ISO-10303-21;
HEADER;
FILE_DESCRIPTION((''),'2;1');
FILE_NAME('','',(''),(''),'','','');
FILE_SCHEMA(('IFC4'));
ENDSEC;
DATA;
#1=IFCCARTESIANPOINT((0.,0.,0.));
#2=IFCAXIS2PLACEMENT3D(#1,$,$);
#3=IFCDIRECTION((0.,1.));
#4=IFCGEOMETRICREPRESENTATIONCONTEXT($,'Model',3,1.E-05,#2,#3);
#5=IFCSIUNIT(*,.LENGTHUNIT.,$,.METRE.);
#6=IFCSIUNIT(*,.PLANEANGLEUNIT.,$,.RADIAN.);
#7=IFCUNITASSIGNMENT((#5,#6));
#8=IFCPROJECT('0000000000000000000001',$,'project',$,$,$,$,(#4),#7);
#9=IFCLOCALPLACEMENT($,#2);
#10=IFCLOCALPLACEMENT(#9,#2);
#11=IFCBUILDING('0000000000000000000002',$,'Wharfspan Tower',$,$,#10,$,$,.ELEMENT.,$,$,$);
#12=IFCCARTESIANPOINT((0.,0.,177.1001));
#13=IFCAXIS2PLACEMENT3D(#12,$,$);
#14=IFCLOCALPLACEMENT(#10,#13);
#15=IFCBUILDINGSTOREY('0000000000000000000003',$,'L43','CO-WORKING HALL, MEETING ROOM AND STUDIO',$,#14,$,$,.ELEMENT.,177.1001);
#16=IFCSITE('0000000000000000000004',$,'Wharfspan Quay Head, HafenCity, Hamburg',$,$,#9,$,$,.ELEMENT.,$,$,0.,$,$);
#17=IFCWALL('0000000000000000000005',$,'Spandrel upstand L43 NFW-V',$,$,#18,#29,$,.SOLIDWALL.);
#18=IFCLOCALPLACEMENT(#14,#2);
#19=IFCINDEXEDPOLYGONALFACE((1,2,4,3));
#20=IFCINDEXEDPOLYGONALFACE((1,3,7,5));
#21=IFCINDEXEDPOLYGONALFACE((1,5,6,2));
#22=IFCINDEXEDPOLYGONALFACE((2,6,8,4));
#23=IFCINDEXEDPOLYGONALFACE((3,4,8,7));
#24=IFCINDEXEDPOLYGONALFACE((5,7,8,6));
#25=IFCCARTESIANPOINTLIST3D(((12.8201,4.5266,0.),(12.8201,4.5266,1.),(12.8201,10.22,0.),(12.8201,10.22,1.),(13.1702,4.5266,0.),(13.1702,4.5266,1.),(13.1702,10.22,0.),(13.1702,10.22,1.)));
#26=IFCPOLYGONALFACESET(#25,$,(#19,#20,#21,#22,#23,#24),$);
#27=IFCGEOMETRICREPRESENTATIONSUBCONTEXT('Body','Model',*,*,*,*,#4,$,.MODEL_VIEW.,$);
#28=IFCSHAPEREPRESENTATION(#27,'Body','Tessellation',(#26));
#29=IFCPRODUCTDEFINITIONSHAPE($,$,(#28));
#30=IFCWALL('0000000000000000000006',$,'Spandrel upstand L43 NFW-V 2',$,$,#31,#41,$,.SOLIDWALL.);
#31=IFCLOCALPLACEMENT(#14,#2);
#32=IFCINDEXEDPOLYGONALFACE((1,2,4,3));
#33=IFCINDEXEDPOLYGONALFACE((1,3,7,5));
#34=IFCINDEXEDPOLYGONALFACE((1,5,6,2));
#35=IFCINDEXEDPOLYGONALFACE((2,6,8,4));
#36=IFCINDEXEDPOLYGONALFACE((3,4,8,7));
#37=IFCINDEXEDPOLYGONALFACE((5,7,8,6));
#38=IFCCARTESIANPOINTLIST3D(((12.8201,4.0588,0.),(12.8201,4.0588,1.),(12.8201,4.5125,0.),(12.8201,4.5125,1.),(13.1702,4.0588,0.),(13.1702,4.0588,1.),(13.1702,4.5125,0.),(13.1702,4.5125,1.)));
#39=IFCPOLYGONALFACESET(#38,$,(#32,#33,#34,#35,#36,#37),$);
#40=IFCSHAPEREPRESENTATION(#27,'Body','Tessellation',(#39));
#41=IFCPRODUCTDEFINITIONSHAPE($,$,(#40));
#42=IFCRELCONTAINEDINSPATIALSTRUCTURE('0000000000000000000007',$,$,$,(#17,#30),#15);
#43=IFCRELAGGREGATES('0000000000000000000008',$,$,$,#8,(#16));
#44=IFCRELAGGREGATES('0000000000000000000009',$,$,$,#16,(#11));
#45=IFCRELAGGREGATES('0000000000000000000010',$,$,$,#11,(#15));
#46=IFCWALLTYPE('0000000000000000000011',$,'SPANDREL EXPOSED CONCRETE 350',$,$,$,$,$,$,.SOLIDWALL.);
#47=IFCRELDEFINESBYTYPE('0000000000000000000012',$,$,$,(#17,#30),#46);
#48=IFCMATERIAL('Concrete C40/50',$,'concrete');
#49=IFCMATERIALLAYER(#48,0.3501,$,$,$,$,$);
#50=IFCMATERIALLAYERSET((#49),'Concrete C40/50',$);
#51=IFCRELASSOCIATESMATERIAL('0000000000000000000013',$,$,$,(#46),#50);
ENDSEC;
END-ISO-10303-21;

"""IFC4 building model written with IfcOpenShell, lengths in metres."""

from ifc_helpers import new_model, si_unit, direction, frame, frame_2d, origin, place, context, subcontext, project, spatial, rectangle, extrude, material, layer, layer_set, type_object, element, save


model = new_model("IFC4")

# Units and contexts
model_context = context("Model", 3, precision=1e-05, world=origin(), true_north=direction((0.0, 1.0)))
body_context = subcontext(model_context, "Body", "Model", "MODEL_VIEW")
ifc_project = project(units=[si_unit("LENGTHUNIT", "METRE"), si_unit("PLANEANGLEUNIT", "RADIAN")], contexts=[model_context])

# Site, building, storey
site_placement = place(None, origin())
site = spatial("IfcSite", under=ifc_project, at=site_placement, Name="Wharfspan Quay Head, HafenCity, Hamburg", CompositionType="ELEMENT", RefElevation=0.0)
building_placement = place(site_placement, origin())
building = spatial("IfcBuilding", under=site, at=building_placement, Name="Wharfspan Tower", CompositionType="ELEMENT")
storey_placement = place(building_placement, frame((0.0, 0.0, 177.1001)))
storey = spatial("IfcBuildingStorey", under=building, at=storey_placement, Name="L43", Description="CO-WORKING HALL, MEETING ROOM AND STUDIO", CompositionType="ELEMENT", Elevation=177.1001)

# Walls
ifc_material_1 = material(Name="Concrete C40/50", Category="concrete")
ifc_layer_1 = layer(ifc_material_1, 0.3501)
ifc_layer_set_1 = layer_set([ifc_layer_1], Name="Concrete C40/50")
wall_type_1 = type_object("IfcWallType", Name="SPANDREL EXPOSED CONCRETE 350", PredefinedType="SOLIDWALL", material=ifc_layer_set_1)
wall_1_placement = place(storey_placement, frame((12.9951, 10.22, 0.0), z_axis=(0.0, 0.0, 1.0), x_axis=(0.0, -1.0, 0.0)))
element("IfcWall", 1, at=wall_1_placement, inside=storey, type_object=wall_type_1, Name="Spandrel upstand L43 NFW-V", PredefinedType="SOLIDWALL", context=body_context, shape_type="SweptSolid", body=[
    extrude(rectangle(XDim=5.6934, YDim=0.3501, at=frame_2d((2.8467, 0.0))), origin(), (0.0, 0.0, 1.0), 1.0),
])
wall_2_placement = place(storey_placement, frame((12.9951, 4.5125, 0.0), z_axis=(0.0, 0.0, 1.0), x_axis=(0.0, -1.0, 0.0)))
element("IfcWall", 2, at=wall_2_placement, inside=storey, type_object=wall_type_1, Name="Spandrel upstand L43 NFW-V 2", PredefinedType="SOLIDWALL", context=body_context, shape_type="SweptSolid", body=[
    extrude(rectangle(XDim=0.4536, YDim=0.3501, at=frame_2d((0.2268, 0.0))), origin(), (0.0, 0.0, 1.0), 1.0),
])

save(model, "model.ifc")
